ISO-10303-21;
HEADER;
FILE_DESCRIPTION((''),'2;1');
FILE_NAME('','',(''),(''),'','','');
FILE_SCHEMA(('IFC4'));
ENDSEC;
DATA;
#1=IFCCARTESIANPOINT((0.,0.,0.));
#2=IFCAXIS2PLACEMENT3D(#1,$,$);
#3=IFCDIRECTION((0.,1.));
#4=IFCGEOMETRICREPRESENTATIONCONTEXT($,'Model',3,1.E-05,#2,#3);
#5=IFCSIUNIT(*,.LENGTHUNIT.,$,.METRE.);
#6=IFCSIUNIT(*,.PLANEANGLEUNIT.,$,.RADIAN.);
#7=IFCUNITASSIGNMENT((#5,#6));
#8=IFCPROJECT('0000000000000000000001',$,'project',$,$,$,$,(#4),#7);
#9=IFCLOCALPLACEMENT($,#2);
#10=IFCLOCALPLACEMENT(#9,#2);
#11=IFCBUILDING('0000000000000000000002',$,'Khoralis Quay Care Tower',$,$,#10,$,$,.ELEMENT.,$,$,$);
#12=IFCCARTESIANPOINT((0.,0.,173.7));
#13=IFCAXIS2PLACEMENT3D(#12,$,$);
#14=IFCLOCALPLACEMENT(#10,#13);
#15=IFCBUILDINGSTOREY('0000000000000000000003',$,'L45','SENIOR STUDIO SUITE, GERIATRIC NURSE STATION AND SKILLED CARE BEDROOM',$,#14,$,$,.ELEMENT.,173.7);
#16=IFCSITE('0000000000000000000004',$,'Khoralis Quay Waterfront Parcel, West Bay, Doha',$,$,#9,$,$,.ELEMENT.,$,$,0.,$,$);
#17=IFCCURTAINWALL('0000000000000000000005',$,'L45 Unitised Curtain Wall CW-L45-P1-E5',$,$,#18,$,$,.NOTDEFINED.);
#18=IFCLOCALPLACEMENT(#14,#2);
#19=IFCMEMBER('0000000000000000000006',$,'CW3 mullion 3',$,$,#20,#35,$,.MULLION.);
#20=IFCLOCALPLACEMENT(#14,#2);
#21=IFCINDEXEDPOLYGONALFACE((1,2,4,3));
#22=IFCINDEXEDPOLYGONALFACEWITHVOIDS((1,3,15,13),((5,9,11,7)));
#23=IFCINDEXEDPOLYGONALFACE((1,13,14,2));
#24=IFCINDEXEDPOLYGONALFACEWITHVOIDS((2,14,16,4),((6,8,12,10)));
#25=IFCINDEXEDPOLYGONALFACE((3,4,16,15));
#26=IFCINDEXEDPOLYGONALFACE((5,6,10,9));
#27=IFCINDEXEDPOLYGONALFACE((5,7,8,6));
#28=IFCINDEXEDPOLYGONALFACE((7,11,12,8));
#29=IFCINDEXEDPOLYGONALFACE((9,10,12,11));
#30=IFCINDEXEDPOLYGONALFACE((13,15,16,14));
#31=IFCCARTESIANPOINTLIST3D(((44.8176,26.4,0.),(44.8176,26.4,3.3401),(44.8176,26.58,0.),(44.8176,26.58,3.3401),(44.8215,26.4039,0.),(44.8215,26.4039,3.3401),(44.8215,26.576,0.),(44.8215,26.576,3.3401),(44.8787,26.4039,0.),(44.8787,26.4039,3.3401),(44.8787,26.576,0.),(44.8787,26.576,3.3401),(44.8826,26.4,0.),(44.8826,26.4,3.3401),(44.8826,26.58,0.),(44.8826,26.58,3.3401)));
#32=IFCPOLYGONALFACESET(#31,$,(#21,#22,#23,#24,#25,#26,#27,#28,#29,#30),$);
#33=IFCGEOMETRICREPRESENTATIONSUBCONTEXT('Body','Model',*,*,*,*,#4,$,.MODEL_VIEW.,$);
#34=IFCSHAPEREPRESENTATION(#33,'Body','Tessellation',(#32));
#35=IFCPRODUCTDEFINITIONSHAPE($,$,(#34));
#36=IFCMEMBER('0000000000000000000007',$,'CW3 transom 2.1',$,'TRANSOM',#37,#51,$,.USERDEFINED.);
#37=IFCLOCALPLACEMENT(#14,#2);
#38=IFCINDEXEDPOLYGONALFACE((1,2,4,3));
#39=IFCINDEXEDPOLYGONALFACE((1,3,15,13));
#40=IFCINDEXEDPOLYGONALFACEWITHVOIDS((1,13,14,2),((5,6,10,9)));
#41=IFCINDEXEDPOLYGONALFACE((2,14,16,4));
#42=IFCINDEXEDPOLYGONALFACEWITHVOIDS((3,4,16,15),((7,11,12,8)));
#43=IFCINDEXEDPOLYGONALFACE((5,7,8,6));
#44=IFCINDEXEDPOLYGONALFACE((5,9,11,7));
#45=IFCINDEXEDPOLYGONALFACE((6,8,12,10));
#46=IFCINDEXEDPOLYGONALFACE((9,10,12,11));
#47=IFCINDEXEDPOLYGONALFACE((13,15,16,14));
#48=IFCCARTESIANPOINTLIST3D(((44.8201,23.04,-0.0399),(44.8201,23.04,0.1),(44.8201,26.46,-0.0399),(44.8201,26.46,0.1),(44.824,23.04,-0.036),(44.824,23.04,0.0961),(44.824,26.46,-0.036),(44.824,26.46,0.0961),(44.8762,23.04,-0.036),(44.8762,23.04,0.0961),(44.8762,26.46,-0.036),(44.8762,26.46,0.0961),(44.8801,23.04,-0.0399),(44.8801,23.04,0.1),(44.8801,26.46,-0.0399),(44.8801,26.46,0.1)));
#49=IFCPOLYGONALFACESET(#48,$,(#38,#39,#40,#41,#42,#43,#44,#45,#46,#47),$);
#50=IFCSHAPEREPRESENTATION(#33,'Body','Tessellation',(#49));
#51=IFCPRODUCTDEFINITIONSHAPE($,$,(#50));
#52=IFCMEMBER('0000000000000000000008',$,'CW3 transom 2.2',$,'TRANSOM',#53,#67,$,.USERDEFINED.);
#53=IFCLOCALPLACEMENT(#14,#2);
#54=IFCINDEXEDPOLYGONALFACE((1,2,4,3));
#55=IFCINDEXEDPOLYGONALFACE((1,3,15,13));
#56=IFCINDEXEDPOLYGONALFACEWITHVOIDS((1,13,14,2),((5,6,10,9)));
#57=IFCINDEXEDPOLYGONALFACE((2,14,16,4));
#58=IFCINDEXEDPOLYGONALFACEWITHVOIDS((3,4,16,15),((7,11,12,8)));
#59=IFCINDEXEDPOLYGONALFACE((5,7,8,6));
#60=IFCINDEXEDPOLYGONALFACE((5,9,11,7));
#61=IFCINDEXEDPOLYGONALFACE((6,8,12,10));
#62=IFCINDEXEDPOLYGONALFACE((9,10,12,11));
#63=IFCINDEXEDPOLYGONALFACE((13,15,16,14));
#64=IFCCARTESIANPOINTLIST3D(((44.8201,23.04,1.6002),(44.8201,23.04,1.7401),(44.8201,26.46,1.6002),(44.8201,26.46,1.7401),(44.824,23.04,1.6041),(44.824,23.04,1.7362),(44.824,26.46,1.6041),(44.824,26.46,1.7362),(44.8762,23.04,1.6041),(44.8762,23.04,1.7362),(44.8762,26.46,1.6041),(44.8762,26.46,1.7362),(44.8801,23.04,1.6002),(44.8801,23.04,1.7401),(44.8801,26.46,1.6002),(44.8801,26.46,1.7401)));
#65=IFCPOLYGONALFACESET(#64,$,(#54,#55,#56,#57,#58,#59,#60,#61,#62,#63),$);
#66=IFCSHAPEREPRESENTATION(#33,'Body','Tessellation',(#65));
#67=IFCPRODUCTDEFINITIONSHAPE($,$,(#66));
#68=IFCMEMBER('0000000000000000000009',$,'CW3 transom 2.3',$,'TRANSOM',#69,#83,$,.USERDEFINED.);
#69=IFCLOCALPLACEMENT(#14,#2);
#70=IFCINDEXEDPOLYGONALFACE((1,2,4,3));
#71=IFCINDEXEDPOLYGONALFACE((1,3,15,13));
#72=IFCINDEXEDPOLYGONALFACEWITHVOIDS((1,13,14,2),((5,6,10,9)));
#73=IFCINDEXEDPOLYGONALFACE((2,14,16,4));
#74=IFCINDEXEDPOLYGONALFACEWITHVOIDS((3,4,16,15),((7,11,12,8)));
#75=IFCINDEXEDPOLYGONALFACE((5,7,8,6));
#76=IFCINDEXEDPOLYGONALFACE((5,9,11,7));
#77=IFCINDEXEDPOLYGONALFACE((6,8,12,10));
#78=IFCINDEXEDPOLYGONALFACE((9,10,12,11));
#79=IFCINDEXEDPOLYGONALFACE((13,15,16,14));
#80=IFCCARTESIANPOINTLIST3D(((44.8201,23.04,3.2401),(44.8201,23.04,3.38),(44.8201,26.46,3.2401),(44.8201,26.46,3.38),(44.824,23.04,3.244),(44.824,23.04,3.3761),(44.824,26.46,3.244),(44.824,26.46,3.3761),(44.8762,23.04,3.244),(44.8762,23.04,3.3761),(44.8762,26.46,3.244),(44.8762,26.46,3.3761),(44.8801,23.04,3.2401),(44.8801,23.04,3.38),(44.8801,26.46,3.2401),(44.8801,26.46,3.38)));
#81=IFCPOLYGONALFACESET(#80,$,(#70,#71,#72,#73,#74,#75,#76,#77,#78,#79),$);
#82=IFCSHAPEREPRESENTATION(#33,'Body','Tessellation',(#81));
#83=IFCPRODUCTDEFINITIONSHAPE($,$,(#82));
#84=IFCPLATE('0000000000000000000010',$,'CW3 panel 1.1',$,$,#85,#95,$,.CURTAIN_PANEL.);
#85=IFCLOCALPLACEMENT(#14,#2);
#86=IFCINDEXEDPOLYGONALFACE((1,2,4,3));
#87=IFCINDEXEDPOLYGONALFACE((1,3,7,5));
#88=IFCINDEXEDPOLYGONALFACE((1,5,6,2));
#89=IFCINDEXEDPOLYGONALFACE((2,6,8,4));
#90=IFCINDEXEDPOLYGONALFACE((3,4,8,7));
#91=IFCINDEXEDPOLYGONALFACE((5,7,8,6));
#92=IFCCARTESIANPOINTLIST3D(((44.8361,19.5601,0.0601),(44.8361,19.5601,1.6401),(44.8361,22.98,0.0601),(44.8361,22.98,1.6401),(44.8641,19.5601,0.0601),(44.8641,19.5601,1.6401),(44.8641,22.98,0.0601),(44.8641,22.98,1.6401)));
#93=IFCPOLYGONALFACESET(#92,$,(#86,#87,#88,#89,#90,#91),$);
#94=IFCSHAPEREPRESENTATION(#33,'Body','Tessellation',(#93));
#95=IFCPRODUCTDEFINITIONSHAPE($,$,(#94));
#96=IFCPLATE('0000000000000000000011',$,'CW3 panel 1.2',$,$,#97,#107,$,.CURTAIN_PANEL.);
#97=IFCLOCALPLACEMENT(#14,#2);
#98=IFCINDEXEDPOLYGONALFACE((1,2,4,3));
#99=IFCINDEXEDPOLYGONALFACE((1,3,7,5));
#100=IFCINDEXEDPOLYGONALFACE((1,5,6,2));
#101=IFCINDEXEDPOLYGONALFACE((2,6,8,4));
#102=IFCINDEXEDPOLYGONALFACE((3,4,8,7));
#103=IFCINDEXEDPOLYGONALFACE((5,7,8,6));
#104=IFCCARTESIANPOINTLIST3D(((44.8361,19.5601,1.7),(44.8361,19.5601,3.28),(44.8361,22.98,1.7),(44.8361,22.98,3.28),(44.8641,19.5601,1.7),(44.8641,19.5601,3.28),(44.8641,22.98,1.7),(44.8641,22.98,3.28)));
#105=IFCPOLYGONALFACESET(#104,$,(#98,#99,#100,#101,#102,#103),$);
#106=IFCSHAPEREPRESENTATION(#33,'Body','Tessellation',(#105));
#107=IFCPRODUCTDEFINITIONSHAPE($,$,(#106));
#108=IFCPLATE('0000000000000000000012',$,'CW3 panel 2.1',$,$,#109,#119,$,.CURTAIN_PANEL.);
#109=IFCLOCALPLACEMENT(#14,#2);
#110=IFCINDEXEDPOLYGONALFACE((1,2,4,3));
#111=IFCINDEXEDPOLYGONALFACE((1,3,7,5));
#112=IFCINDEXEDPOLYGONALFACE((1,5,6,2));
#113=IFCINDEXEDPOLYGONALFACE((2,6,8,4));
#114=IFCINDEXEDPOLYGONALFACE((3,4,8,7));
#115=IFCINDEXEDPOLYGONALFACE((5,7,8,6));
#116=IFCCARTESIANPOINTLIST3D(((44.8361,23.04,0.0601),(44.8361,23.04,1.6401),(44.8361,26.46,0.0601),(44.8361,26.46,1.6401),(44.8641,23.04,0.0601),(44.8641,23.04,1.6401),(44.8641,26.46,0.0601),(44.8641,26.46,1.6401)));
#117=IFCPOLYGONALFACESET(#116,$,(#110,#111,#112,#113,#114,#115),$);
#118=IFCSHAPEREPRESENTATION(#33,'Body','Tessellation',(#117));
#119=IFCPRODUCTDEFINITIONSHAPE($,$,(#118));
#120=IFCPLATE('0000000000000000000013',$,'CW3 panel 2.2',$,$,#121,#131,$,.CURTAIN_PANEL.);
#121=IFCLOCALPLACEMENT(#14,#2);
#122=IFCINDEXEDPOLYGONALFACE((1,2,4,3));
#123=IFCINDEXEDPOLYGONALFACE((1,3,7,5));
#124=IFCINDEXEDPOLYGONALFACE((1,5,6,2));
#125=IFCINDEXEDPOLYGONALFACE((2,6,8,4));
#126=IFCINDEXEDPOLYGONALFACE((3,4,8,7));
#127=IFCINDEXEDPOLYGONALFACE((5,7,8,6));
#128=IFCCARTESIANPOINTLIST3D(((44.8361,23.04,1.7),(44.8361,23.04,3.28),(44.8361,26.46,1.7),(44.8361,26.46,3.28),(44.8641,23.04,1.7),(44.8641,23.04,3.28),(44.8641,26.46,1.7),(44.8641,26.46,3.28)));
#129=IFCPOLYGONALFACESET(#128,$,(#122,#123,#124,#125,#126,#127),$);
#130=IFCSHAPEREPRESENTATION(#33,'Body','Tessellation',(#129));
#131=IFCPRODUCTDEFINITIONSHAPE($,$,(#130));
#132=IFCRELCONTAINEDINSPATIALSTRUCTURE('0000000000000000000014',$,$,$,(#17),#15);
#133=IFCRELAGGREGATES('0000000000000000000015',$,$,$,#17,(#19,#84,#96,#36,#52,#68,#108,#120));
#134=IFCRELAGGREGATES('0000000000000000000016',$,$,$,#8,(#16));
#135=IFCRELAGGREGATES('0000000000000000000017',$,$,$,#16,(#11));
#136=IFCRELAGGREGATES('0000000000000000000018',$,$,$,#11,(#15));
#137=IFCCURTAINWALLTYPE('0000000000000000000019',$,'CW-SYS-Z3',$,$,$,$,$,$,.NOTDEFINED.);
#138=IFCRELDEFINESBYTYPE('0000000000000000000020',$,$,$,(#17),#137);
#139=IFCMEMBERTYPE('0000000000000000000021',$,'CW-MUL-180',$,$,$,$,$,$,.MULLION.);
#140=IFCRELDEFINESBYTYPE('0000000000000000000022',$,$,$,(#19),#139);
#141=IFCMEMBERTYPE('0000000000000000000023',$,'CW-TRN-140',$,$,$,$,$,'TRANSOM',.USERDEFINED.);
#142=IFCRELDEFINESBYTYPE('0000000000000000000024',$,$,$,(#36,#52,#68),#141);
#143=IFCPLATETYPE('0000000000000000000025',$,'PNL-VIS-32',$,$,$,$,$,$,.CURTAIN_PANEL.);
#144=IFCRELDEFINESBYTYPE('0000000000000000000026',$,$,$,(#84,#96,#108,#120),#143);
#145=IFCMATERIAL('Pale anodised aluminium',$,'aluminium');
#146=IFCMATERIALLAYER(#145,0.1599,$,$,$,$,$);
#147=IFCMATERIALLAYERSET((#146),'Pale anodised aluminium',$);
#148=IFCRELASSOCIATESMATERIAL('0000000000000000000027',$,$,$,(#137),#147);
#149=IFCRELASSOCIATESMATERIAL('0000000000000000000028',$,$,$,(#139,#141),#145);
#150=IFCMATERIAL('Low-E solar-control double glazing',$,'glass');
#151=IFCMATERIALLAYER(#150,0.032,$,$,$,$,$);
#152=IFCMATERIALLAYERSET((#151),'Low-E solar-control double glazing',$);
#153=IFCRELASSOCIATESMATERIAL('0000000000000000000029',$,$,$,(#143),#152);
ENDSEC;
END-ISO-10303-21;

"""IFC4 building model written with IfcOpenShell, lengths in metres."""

from ifc_helpers import new_model, si_unit, direction, frame, origin, origin_2d, place, context, subcontext, project, spatial, rectangle, hollow_rectangle, extrude, source, transform, mapped, material, layer, layer_set, material_profile, profile_set, type_object, element, aggregate, save


model = new_model("IFC4")

# Units and contexts
model_context = context("Model", 3, precision=1e-05, world=origin(), true_north=direction((0.0, 1.0)))
body_context = subcontext(model_context, "Body", "Model", "MODEL_VIEW")
ifc_project = project(units=[si_unit("LENGTHUNIT", "METRE"), si_unit("PLANEANGLEUNIT", "RADIAN")], contexts=[model_context])

# Site, building, storey
site_placement = place(None, origin())
site = spatial("IfcSite", under=ifc_project, at=site_placement, Name="Khoralis Quay Waterfront Parcel, West Bay, Doha", CompositionType="ELEMENT", RefElevation=0.0)
building_placement = place(site_placement, origin())
building = spatial("IfcBuilding", under=site, at=building_placement, Name="Khoralis Quay Care Tower", CompositionType="ELEMENT")
storey_placement = place(building_placement, frame((0.0, 0.0, 173.7)))
storey = spatial("IfcBuildingStorey", under=building, at=storey_placement, Name="L45", Description="SENIOR STUDIO SUITE, GERIATRIC NURSE STATION AND SKILLED CARE BEDROOM", CompositionType="ELEMENT", Elevation=173.7)

# Curtain wall, members, plates
ifc_material_1 = material(Name="Pale anodised aluminium", Category="aluminium")
ifc_layer_1 = layer(ifc_material_1, 0.1599)
ifc_layer_set_1 = layer_set([ifc_layer_1], Name="Pale anodised aluminium")
curtain_wall_type = type_object("IfcCurtainWallType", Name="CW-SYS-Z3", PredefinedType="NOTDEFINED", material=ifc_layer_set_1)
curtain_wall_placement = place(storey_placement, origin())
curtain_wall = element("IfcCurtainWall", 1, at=curtain_wall_placement, inside=storey, type_object=curtain_wall_type, Name="L45 Unitised Curtain Wall CW-L45-P1-E5", PredefinedType="NOTDEFINED")
ifc_material_profile_1 = material_profile(ifc_material_1, hollow_rectangle(XDim=0.0649, YDim=0.1799, WallThickness=0.0039, at=origin_2d()), Name="Pale anodised aluminium")
ifc_profile_set_1 = profile_set([ifc_material_profile_1], Name="Pale anodised aluminium")
member_type_1 = type_object("IfcMemberType", Name="CW-MUL-180", PredefinedType="MULLION", material=ifc_profile_set_1)
shared_shape_1 = source(origin(), body_context, "Body", "SweptSolid", [
    extrude(hollow_rectangle(XDim=0.0649, YDim=0.1799, WallThickness=0.0039, at=origin_2d()), origin(), (0.0, 0.0, 1.0), 3.3401),
])
member_1_placement = place(storey_placement, frame((44.8501, 26.49, 0.0), z_axis=(0.0, 0.0, 1.0), x_axis=(-1.0, 0.0, 0.0)))
member_1 = element("IfcMember", 2, at=member_1_placement, type_object=member_type_1, Name="CW3 mullion 3", PredefinedType="MULLION", context=body_context, shape_type="MappedRepresentation", body=[
    mapped(shared_shape_1, transform((0.0, 0.0, 0.0), scale=1.0)),
])
ifc_material_profile_2 = material_profile(ifc_material_1, hollow_rectangle(XDim=0.0601, YDim=0.1399, WallThickness=0.0039, at=origin_2d()), Name="Pale anodised aluminium")
ifc_profile_set_2 = profile_set([ifc_material_profile_2], Name="Pale anodised aluminium")
member_type_2 = type_object("IfcMemberType", Name="CW-TRN-140", ElementType="TRANSOM", PredefinedType="USERDEFINED", material=ifc_profile_set_2)
shared_shape_2 = source(origin(), body_context, "Body", "SweptSolid", [
    extrude(hollow_rectangle(XDim=0.0601, YDim=0.1399, WallThickness=0.0039, at=origin_2d()), origin(), (0.0, 0.0, 1.0), 3.4199),
])
member_2_placement = place(storey_placement, frame((44.8501, 23.04, 0.03), z_axis=(0.0, 1.0, 0.0), x_axis=(-1.0, 0.0, 0.0)))
member_2 = element("IfcMember", 3, at=member_2_placement, type_object=member_type_2, Name="CW3 transom 2.1", ObjectType="TRANSOM", PredefinedType="USERDEFINED", context=body_context, shape_type="MappedRepresentation", body=[
    mapped(shared_shape_2, transform((0.0, 0.0, 0.0), scale=1.0)),
])
member_3_placement = place(storey_placement, frame((44.8501, 23.04, 1.6702), z_axis=(0.0, 1.0, 0.0), x_axis=(-1.0, 0.0, 0.0)))
member_3 = element("IfcMember", 4, at=member_3_placement, type_object=member_type_2, Name="CW3 transom 2.2", ObjectType="TRANSOM", PredefinedType="USERDEFINED", context=body_context, shape_type="MappedRepresentation", body=[
    mapped(shared_shape_2, transform((0.0, 0.0, 0.0), scale=1.0)),
])
member_4_placement = place(storey_placement, frame((44.8501, 23.04, 3.3101), z_axis=(0.0, 1.0, 0.0), x_axis=(-1.0, 0.0, 0.0)))
member_4 = element("IfcMember", 5, at=member_4_placement, type_object=member_type_2, Name="CW3 transom 2.3", ObjectType="TRANSOM", PredefinedType="USERDEFINED", context=body_context, shape_type="MappedRepresentation", body=[
    mapped(shared_shape_2, transform((0.0, 0.0, 0.0), scale=1.0)),
])
ifc_material_2 = material(Name="Low-E solar-control double glazing", Category="glass")
ifc_layer_2 = layer(ifc_material_2, 0.032)
ifc_layer_set_2 = layer_set([ifc_layer_2], Name="Low-E solar-control double glazing")
plate_type = type_object("IfcPlateType", Name="PNL-VIS-32", PredefinedType="CURTAIN_PANEL", material=ifc_layer_set_2)
shared_shape_3 = source(origin(), body_context, "Body", "SweptSolid", [
    extrude(rectangle(XDim=3.4199, YDim=0.0281, at=origin_2d()), origin(), (0.0, 0.0, 1.0), 1.5801),
])
plate_1_placement = place(storey_placement, frame((44.8501, 21.27, 0.0601), z_axis=(0.0, 0.0, 1.0), x_axis=(0.0, 1.0, 0.0)))
plate_1 = element("IfcPlate", 6, at=plate_1_placement, type_object=plate_type, Name="CW3 panel 1.1", PredefinedType="CURTAIN_PANEL", context=body_context, shape_type="MappedRepresentation", body=[
    mapped(shared_shape_3, transform((0.0, 0.0, 0.0), scale=1.0)),
])
plate_2_placement = place(storey_placement, frame((44.8501, 21.27, 1.7), z_axis=(0.0, 0.0, 1.0), x_axis=(0.0, 1.0, 0.0)))
plate_2 = element("IfcPlate", 7, at=plate_2_placement, type_object=plate_type, Name="CW3 panel 1.2", PredefinedType="CURTAIN_PANEL", context=body_context, shape_type="MappedRepresentation", body=[
    mapped(shared_shape_3, transform((0.0, 0.0, 0.0), scale=1.0)),
])
plate_3_placement = place(storey_placement, frame((44.8501, 24.75, 0.0601), z_axis=(0.0, 0.0, 1.0), x_axis=(0.0, 1.0, 0.0)))
plate_3 = element("IfcPlate", 8, at=plate_3_placement, type_object=plate_type, Name="CW3 panel 2.1", PredefinedType="CURTAIN_PANEL", context=body_context, shape_type="MappedRepresentation", body=[
    mapped(shared_shape_3, transform((0.0, 0.0, 0.0), scale=1.0)),
])
plate_4_placement = place(storey_placement, frame((44.8501, 24.75, 1.7), z_axis=(0.0, 0.0, 1.0), x_axis=(0.0, 1.0, 0.0)))
plate_4 = element("IfcPlate", 9, at=plate_4_placement, type_object=plate_type, Name="CW3 panel 2.2", PredefinedType="CURTAIN_PANEL", context=body_context, shape_type="MappedRepresentation", body=[
    mapped(shared_shape_3, transform((0.0, 0.0, 0.0), scale=1.0)),
])
aggregate(curtain_wall, [member_1, plate_1, plate_2, member_2, member_3, member_4, plate_3, plate_4])

save(model, "model.ifc")
